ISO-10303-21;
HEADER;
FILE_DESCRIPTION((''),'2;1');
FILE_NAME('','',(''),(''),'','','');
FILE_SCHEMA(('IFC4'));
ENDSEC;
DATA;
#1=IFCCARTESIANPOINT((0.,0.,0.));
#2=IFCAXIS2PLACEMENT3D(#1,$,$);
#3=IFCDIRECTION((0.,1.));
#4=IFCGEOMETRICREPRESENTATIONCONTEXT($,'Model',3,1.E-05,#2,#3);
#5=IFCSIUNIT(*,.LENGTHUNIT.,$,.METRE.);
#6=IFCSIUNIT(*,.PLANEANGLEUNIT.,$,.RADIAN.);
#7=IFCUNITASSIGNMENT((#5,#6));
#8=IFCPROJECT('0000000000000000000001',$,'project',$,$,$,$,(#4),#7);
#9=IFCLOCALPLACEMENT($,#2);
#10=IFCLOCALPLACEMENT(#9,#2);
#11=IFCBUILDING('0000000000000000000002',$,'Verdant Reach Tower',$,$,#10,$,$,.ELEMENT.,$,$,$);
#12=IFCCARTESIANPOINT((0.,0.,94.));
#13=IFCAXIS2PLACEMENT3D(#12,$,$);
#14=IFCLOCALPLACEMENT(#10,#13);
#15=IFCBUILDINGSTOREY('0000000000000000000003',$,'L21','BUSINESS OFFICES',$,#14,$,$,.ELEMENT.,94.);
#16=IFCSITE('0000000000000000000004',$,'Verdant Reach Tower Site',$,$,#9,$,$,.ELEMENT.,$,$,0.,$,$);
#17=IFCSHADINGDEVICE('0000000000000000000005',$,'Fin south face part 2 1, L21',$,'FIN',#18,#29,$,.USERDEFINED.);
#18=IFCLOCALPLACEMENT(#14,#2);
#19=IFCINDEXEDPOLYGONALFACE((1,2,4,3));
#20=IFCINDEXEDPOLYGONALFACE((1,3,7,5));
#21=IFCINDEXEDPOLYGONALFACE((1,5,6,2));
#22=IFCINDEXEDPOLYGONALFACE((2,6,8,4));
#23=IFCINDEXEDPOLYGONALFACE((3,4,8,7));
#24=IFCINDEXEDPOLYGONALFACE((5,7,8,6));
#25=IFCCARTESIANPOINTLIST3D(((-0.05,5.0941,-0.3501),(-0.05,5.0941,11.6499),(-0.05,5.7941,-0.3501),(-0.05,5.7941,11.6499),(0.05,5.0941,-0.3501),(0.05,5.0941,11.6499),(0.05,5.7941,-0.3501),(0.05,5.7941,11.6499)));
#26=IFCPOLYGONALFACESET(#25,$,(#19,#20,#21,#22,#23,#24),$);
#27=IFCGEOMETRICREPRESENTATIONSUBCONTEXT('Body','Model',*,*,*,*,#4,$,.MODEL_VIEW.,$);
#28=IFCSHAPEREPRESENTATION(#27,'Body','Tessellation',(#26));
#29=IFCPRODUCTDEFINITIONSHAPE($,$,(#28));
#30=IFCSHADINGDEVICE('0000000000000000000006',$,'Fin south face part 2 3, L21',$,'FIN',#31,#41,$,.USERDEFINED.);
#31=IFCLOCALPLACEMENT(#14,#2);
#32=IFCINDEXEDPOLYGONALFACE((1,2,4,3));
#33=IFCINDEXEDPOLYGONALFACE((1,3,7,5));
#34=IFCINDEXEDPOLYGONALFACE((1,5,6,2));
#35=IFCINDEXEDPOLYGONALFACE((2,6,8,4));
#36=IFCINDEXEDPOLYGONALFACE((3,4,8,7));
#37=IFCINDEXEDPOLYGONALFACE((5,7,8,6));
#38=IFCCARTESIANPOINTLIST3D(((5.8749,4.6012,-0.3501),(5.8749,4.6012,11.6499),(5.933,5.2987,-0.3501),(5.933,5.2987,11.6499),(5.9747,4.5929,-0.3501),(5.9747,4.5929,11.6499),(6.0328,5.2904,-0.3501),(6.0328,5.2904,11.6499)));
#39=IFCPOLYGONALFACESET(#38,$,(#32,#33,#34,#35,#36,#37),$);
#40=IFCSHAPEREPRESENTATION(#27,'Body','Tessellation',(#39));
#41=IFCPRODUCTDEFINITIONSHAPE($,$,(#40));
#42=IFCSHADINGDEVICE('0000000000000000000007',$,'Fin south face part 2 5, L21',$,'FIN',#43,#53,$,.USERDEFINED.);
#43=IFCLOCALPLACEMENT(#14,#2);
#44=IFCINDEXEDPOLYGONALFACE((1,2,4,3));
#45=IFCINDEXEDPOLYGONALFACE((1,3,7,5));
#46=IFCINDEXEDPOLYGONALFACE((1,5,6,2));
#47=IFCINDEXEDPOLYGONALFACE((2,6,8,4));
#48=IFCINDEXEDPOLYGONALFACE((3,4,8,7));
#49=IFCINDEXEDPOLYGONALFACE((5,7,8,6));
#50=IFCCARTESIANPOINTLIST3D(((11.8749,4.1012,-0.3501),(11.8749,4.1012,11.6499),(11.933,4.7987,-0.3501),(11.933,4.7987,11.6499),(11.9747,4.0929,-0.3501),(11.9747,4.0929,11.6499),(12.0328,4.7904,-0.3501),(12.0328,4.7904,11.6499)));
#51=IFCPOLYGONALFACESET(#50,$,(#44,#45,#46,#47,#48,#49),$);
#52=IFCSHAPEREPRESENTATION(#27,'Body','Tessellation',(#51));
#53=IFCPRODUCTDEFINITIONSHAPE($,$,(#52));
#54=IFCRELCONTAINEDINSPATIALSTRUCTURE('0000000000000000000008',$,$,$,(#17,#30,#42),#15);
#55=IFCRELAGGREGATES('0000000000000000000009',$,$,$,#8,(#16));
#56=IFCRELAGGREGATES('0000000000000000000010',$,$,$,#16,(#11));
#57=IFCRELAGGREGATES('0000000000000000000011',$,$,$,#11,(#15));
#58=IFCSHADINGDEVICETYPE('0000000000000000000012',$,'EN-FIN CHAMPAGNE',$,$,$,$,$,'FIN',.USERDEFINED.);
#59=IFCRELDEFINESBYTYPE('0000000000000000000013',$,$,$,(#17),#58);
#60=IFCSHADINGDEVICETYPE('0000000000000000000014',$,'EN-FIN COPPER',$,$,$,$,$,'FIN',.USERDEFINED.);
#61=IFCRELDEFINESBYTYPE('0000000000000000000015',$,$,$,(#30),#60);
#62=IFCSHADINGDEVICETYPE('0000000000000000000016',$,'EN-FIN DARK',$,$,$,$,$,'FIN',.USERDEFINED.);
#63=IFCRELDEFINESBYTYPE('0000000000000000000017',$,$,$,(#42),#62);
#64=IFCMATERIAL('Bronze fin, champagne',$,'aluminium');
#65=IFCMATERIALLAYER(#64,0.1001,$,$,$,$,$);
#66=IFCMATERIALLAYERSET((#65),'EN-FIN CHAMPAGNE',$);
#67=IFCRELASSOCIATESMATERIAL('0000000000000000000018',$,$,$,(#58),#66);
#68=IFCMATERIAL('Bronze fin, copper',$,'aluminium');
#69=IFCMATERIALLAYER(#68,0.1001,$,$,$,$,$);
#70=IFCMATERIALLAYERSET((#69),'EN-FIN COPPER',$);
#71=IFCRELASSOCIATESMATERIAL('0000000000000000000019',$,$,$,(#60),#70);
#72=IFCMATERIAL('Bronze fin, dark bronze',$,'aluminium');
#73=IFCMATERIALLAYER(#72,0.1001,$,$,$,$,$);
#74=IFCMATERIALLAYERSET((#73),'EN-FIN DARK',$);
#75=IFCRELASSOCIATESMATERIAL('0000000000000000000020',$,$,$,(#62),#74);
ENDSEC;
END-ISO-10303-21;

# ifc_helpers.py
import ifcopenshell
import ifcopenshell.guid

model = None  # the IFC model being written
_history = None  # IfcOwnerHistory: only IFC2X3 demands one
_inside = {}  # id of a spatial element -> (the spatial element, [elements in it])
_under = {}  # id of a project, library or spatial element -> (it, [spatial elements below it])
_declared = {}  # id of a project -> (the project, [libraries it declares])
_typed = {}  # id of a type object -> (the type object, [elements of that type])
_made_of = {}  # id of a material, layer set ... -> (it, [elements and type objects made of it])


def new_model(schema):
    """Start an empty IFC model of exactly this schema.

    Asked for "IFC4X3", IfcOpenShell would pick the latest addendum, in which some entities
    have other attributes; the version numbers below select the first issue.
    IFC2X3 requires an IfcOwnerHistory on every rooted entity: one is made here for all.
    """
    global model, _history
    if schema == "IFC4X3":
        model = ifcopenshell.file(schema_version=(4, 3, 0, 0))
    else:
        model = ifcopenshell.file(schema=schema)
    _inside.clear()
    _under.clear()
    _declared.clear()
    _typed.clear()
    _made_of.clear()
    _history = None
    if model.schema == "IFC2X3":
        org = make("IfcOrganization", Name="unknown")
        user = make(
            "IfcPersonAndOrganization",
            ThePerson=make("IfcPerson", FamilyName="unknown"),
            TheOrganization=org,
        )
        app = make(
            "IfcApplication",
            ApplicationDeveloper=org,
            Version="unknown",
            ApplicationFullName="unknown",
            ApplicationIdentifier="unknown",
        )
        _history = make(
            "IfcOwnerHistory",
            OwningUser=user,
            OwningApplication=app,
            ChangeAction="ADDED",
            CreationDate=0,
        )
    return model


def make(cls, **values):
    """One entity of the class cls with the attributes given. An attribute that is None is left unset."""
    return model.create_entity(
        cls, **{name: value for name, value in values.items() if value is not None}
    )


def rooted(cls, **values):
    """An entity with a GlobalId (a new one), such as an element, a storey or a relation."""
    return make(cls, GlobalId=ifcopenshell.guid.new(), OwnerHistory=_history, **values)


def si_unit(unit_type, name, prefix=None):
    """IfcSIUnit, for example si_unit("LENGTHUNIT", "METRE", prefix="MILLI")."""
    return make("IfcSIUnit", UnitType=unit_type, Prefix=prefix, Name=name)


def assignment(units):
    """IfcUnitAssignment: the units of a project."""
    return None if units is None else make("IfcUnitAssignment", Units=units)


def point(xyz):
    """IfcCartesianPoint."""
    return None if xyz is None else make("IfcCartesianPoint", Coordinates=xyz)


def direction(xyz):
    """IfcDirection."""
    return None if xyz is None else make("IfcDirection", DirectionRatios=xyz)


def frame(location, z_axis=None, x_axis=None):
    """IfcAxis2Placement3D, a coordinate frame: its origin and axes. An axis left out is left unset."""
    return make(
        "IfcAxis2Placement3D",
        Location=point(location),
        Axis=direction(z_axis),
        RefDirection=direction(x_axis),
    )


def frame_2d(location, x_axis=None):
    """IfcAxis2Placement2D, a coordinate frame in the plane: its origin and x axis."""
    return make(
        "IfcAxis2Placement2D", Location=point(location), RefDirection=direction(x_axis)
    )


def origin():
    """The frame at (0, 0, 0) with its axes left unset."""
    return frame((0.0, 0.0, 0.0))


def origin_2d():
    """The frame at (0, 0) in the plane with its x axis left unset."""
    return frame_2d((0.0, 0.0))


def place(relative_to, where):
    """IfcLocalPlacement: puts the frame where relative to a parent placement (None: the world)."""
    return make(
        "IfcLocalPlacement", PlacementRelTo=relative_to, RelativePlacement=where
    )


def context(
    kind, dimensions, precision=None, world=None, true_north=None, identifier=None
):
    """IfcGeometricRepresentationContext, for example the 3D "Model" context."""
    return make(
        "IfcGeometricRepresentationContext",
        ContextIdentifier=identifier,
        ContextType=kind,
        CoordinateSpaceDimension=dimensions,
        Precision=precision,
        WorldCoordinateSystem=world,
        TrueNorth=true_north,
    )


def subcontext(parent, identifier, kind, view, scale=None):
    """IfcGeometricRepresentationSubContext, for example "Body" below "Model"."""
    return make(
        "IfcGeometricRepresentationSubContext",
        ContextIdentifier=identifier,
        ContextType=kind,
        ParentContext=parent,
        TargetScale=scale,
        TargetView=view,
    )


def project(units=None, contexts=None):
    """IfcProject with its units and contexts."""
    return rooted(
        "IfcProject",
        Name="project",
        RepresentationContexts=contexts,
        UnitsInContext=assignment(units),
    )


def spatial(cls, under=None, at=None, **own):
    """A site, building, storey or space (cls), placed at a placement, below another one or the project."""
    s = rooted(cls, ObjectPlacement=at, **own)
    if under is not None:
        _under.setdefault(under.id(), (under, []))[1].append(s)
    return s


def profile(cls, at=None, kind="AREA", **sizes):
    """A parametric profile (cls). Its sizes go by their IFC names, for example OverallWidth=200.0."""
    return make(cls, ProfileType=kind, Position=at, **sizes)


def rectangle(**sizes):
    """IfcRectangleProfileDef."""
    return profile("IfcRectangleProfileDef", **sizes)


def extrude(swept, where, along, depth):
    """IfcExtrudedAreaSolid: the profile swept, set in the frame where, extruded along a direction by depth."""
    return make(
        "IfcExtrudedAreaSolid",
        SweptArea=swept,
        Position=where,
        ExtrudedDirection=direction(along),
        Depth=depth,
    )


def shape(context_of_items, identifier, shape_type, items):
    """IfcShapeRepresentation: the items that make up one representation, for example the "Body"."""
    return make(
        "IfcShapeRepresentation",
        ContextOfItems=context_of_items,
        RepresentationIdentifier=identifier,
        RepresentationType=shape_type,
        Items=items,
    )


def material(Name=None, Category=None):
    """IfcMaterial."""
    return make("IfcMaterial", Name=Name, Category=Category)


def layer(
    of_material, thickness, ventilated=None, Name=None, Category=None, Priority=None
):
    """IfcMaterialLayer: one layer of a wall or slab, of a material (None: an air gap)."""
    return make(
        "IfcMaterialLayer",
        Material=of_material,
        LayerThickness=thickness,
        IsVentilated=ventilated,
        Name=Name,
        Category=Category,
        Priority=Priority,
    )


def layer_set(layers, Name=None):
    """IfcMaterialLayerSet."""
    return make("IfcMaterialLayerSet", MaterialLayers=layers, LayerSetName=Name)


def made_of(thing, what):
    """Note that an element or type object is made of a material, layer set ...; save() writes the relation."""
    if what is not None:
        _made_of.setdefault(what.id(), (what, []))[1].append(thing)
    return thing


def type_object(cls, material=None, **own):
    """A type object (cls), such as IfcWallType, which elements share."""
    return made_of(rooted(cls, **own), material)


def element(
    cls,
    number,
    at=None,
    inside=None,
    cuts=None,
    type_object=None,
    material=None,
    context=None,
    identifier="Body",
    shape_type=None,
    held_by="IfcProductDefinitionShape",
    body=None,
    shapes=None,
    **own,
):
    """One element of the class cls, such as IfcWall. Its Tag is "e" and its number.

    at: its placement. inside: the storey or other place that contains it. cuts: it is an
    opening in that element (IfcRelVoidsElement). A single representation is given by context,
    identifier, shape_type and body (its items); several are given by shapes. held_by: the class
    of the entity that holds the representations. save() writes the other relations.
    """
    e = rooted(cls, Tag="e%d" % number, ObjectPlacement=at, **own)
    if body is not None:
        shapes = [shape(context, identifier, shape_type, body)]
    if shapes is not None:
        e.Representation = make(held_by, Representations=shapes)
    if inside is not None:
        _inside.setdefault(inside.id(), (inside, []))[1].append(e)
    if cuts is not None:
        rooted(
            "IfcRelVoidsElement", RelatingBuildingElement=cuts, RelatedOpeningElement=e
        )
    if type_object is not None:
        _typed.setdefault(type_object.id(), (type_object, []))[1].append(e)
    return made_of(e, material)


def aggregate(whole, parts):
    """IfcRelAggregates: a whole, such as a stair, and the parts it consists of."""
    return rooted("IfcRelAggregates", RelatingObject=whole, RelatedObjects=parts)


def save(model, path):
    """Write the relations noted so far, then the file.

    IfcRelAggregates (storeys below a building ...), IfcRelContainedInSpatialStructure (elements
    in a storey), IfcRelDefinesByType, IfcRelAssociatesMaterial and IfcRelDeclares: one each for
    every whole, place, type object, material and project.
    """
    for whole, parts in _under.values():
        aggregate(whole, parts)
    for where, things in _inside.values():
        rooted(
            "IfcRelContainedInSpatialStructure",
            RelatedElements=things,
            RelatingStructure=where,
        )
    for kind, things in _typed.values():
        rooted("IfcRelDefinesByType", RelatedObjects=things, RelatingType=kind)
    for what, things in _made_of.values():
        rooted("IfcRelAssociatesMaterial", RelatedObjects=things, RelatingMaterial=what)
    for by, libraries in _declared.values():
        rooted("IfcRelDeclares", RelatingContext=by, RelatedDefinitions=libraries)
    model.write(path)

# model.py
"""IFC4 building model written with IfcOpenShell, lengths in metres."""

from ifc_helpers import new_model, si_unit, direction, frame, origin, origin_2d, place, context, subcontext, project, spatial, rectangle, extrude, material, layer, layer_set, type_object, element, save


model = new_model("IFC4")

# Units and contexts
model_context = context("Model", 3, precision=1e-05, world=origin(), true_north=direction((0.0, 1.0)))
body_context = subcontext(model_context, "Body", "Model", "MODEL_VIEW")
ifc_project = project(units=[si_unit("LENGTHUNIT", "METRE"), si_unit("PLANEANGLEUNIT", "RADIAN")], contexts=[model_context])

# Site, building, storey
site_placement = place(None, origin())
site = spatial("IfcSite", under=ifc_project, at=site_placement, Name="Verdant Reach Tower Site", CompositionType="ELEMENT", RefElevation=0.0)
building_placement = place(site_placement, origin())
building = spatial("IfcBuilding", under=site, at=building_placement, Name="Verdant Reach Tower", CompositionType="ELEMENT")
storey_placement = place(building_placement, frame((0.0, 0.0, 94.0)))
storey = spatial("IfcBuildingStorey", under=building, at=storey_placement, Name="L21", Description="BUSINESS OFFICES", CompositionType="ELEMENT", Elevation=94.0)

# Shading devices
ifc_material_1 = material(Name="Bronze fin, champagne", Category="aluminium")
ifc_layer_1 = layer(ifc_material_1, 0.1001)
ifc_layer_set_1 = layer_set([ifc_layer_1], Name="EN-FIN CHAMPAGNE")
shading_device_type_1 = type_object("IfcShadingDeviceType", Name="EN-FIN CHAMPAGNE", ElementType="FIN", PredefinedType="USERDEFINED", material=ifc_layer_set_1)
shading_device_1_placement = place(storey_placement, frame((0.0, 5.4441, -0.3501), z_axis=(0.0, 0.0, 1.0), x_axis=(1.0, 0.0, 0.0)))
element("IfcShadingDevice", 1, at=shading_device_1_placement, inside=storey, type_object=shading_device_type_1, Name="Fin south face part 2 1, L21", ObjectType="FIN", PredefinedType="USERDEFINED", context=body_context, shape_type="SweptSolid", body=[
    extrude(rectangle(XDim=0.1001, YDim=0.7, at=origin_2d()), origin(), (0.0, 0.0, 1.0), 12.0),
])
ifc_material_2 = material(Name="Bronze fin, copper", Category="aluminium")
ifc_layer_2 = layer(ifc_material_2, 0.1001)
ifc_layer_set_2 = layer_set([ifc_layer_2], Name="EN-FIN COPPER")
shading_device_type_2 = type_object("IfcShadingDeviceType", Name="EN-FIN COPPER", ElementType="FIN", PredefinedType="USERDEFINED", material=ifc_layer_set_2)
shading_device_2_placement = place(storey_placement, frame((5.9539, 4.9458, -0.3501), z_axis=(0.0, 0.0, 1.0), x_axis=(0.996546, -0.083045, 0.0)))
element("IfcShadingDevice", 2, at=shading_device_2_placement, inside=storey, type_object=shading_device_type_2, Name="Fin south face part 2 3, L21", ObjectType="FIN", PredefinedType="USERDEFINED", context=body_context, shape_type="SweptSolid", body=[
    extrude(rectangle(XDim=0.1001, YDim=0.7, at=origin_2d()), origin(), (0.0, 0.0, 1.0), 12.0),
])
ifc_material_3 = material(Name="Bronze fin, dark bronze", Category="aluminium")
ifc_layer_3 = layer(ifc_material_3, 0.1001)
ifc_layer_set_3 = layer_set([ifc_layer_3], Name="EN-FIN DARK")
shading_device_type_3 = type_object("IfcShadingDeviceType", Name="EN-FIN DARK", ElementType="FIN", PredefinedType="USERDEFINED", material=ifc_layer_set_3)
shading_device_3_placement = place(storey_placement, frame((11.9539, 4.4458, -0.3501), z_axis=(0.0, 0.0, 1.0), x_axis=(0.996546, -0.083045, 0.0)))
element("IfcShadingDevice", 3, at=shading_device_3_placement, inside=storey, type_object=shading_device_type_3, Name="Fin south face part 2 5, L21", ObjectType="FIN", PredefinedType="USERDEFINED", context=body_context, shape_type="SweptSolid", body=[
    extrude(rectangle(XDim=0.1001, YDim=0.7, at=origin_2d()), origin(), (0.0, 0.0, 1.0), 12.0),
])

save(model, "model.ifc")
